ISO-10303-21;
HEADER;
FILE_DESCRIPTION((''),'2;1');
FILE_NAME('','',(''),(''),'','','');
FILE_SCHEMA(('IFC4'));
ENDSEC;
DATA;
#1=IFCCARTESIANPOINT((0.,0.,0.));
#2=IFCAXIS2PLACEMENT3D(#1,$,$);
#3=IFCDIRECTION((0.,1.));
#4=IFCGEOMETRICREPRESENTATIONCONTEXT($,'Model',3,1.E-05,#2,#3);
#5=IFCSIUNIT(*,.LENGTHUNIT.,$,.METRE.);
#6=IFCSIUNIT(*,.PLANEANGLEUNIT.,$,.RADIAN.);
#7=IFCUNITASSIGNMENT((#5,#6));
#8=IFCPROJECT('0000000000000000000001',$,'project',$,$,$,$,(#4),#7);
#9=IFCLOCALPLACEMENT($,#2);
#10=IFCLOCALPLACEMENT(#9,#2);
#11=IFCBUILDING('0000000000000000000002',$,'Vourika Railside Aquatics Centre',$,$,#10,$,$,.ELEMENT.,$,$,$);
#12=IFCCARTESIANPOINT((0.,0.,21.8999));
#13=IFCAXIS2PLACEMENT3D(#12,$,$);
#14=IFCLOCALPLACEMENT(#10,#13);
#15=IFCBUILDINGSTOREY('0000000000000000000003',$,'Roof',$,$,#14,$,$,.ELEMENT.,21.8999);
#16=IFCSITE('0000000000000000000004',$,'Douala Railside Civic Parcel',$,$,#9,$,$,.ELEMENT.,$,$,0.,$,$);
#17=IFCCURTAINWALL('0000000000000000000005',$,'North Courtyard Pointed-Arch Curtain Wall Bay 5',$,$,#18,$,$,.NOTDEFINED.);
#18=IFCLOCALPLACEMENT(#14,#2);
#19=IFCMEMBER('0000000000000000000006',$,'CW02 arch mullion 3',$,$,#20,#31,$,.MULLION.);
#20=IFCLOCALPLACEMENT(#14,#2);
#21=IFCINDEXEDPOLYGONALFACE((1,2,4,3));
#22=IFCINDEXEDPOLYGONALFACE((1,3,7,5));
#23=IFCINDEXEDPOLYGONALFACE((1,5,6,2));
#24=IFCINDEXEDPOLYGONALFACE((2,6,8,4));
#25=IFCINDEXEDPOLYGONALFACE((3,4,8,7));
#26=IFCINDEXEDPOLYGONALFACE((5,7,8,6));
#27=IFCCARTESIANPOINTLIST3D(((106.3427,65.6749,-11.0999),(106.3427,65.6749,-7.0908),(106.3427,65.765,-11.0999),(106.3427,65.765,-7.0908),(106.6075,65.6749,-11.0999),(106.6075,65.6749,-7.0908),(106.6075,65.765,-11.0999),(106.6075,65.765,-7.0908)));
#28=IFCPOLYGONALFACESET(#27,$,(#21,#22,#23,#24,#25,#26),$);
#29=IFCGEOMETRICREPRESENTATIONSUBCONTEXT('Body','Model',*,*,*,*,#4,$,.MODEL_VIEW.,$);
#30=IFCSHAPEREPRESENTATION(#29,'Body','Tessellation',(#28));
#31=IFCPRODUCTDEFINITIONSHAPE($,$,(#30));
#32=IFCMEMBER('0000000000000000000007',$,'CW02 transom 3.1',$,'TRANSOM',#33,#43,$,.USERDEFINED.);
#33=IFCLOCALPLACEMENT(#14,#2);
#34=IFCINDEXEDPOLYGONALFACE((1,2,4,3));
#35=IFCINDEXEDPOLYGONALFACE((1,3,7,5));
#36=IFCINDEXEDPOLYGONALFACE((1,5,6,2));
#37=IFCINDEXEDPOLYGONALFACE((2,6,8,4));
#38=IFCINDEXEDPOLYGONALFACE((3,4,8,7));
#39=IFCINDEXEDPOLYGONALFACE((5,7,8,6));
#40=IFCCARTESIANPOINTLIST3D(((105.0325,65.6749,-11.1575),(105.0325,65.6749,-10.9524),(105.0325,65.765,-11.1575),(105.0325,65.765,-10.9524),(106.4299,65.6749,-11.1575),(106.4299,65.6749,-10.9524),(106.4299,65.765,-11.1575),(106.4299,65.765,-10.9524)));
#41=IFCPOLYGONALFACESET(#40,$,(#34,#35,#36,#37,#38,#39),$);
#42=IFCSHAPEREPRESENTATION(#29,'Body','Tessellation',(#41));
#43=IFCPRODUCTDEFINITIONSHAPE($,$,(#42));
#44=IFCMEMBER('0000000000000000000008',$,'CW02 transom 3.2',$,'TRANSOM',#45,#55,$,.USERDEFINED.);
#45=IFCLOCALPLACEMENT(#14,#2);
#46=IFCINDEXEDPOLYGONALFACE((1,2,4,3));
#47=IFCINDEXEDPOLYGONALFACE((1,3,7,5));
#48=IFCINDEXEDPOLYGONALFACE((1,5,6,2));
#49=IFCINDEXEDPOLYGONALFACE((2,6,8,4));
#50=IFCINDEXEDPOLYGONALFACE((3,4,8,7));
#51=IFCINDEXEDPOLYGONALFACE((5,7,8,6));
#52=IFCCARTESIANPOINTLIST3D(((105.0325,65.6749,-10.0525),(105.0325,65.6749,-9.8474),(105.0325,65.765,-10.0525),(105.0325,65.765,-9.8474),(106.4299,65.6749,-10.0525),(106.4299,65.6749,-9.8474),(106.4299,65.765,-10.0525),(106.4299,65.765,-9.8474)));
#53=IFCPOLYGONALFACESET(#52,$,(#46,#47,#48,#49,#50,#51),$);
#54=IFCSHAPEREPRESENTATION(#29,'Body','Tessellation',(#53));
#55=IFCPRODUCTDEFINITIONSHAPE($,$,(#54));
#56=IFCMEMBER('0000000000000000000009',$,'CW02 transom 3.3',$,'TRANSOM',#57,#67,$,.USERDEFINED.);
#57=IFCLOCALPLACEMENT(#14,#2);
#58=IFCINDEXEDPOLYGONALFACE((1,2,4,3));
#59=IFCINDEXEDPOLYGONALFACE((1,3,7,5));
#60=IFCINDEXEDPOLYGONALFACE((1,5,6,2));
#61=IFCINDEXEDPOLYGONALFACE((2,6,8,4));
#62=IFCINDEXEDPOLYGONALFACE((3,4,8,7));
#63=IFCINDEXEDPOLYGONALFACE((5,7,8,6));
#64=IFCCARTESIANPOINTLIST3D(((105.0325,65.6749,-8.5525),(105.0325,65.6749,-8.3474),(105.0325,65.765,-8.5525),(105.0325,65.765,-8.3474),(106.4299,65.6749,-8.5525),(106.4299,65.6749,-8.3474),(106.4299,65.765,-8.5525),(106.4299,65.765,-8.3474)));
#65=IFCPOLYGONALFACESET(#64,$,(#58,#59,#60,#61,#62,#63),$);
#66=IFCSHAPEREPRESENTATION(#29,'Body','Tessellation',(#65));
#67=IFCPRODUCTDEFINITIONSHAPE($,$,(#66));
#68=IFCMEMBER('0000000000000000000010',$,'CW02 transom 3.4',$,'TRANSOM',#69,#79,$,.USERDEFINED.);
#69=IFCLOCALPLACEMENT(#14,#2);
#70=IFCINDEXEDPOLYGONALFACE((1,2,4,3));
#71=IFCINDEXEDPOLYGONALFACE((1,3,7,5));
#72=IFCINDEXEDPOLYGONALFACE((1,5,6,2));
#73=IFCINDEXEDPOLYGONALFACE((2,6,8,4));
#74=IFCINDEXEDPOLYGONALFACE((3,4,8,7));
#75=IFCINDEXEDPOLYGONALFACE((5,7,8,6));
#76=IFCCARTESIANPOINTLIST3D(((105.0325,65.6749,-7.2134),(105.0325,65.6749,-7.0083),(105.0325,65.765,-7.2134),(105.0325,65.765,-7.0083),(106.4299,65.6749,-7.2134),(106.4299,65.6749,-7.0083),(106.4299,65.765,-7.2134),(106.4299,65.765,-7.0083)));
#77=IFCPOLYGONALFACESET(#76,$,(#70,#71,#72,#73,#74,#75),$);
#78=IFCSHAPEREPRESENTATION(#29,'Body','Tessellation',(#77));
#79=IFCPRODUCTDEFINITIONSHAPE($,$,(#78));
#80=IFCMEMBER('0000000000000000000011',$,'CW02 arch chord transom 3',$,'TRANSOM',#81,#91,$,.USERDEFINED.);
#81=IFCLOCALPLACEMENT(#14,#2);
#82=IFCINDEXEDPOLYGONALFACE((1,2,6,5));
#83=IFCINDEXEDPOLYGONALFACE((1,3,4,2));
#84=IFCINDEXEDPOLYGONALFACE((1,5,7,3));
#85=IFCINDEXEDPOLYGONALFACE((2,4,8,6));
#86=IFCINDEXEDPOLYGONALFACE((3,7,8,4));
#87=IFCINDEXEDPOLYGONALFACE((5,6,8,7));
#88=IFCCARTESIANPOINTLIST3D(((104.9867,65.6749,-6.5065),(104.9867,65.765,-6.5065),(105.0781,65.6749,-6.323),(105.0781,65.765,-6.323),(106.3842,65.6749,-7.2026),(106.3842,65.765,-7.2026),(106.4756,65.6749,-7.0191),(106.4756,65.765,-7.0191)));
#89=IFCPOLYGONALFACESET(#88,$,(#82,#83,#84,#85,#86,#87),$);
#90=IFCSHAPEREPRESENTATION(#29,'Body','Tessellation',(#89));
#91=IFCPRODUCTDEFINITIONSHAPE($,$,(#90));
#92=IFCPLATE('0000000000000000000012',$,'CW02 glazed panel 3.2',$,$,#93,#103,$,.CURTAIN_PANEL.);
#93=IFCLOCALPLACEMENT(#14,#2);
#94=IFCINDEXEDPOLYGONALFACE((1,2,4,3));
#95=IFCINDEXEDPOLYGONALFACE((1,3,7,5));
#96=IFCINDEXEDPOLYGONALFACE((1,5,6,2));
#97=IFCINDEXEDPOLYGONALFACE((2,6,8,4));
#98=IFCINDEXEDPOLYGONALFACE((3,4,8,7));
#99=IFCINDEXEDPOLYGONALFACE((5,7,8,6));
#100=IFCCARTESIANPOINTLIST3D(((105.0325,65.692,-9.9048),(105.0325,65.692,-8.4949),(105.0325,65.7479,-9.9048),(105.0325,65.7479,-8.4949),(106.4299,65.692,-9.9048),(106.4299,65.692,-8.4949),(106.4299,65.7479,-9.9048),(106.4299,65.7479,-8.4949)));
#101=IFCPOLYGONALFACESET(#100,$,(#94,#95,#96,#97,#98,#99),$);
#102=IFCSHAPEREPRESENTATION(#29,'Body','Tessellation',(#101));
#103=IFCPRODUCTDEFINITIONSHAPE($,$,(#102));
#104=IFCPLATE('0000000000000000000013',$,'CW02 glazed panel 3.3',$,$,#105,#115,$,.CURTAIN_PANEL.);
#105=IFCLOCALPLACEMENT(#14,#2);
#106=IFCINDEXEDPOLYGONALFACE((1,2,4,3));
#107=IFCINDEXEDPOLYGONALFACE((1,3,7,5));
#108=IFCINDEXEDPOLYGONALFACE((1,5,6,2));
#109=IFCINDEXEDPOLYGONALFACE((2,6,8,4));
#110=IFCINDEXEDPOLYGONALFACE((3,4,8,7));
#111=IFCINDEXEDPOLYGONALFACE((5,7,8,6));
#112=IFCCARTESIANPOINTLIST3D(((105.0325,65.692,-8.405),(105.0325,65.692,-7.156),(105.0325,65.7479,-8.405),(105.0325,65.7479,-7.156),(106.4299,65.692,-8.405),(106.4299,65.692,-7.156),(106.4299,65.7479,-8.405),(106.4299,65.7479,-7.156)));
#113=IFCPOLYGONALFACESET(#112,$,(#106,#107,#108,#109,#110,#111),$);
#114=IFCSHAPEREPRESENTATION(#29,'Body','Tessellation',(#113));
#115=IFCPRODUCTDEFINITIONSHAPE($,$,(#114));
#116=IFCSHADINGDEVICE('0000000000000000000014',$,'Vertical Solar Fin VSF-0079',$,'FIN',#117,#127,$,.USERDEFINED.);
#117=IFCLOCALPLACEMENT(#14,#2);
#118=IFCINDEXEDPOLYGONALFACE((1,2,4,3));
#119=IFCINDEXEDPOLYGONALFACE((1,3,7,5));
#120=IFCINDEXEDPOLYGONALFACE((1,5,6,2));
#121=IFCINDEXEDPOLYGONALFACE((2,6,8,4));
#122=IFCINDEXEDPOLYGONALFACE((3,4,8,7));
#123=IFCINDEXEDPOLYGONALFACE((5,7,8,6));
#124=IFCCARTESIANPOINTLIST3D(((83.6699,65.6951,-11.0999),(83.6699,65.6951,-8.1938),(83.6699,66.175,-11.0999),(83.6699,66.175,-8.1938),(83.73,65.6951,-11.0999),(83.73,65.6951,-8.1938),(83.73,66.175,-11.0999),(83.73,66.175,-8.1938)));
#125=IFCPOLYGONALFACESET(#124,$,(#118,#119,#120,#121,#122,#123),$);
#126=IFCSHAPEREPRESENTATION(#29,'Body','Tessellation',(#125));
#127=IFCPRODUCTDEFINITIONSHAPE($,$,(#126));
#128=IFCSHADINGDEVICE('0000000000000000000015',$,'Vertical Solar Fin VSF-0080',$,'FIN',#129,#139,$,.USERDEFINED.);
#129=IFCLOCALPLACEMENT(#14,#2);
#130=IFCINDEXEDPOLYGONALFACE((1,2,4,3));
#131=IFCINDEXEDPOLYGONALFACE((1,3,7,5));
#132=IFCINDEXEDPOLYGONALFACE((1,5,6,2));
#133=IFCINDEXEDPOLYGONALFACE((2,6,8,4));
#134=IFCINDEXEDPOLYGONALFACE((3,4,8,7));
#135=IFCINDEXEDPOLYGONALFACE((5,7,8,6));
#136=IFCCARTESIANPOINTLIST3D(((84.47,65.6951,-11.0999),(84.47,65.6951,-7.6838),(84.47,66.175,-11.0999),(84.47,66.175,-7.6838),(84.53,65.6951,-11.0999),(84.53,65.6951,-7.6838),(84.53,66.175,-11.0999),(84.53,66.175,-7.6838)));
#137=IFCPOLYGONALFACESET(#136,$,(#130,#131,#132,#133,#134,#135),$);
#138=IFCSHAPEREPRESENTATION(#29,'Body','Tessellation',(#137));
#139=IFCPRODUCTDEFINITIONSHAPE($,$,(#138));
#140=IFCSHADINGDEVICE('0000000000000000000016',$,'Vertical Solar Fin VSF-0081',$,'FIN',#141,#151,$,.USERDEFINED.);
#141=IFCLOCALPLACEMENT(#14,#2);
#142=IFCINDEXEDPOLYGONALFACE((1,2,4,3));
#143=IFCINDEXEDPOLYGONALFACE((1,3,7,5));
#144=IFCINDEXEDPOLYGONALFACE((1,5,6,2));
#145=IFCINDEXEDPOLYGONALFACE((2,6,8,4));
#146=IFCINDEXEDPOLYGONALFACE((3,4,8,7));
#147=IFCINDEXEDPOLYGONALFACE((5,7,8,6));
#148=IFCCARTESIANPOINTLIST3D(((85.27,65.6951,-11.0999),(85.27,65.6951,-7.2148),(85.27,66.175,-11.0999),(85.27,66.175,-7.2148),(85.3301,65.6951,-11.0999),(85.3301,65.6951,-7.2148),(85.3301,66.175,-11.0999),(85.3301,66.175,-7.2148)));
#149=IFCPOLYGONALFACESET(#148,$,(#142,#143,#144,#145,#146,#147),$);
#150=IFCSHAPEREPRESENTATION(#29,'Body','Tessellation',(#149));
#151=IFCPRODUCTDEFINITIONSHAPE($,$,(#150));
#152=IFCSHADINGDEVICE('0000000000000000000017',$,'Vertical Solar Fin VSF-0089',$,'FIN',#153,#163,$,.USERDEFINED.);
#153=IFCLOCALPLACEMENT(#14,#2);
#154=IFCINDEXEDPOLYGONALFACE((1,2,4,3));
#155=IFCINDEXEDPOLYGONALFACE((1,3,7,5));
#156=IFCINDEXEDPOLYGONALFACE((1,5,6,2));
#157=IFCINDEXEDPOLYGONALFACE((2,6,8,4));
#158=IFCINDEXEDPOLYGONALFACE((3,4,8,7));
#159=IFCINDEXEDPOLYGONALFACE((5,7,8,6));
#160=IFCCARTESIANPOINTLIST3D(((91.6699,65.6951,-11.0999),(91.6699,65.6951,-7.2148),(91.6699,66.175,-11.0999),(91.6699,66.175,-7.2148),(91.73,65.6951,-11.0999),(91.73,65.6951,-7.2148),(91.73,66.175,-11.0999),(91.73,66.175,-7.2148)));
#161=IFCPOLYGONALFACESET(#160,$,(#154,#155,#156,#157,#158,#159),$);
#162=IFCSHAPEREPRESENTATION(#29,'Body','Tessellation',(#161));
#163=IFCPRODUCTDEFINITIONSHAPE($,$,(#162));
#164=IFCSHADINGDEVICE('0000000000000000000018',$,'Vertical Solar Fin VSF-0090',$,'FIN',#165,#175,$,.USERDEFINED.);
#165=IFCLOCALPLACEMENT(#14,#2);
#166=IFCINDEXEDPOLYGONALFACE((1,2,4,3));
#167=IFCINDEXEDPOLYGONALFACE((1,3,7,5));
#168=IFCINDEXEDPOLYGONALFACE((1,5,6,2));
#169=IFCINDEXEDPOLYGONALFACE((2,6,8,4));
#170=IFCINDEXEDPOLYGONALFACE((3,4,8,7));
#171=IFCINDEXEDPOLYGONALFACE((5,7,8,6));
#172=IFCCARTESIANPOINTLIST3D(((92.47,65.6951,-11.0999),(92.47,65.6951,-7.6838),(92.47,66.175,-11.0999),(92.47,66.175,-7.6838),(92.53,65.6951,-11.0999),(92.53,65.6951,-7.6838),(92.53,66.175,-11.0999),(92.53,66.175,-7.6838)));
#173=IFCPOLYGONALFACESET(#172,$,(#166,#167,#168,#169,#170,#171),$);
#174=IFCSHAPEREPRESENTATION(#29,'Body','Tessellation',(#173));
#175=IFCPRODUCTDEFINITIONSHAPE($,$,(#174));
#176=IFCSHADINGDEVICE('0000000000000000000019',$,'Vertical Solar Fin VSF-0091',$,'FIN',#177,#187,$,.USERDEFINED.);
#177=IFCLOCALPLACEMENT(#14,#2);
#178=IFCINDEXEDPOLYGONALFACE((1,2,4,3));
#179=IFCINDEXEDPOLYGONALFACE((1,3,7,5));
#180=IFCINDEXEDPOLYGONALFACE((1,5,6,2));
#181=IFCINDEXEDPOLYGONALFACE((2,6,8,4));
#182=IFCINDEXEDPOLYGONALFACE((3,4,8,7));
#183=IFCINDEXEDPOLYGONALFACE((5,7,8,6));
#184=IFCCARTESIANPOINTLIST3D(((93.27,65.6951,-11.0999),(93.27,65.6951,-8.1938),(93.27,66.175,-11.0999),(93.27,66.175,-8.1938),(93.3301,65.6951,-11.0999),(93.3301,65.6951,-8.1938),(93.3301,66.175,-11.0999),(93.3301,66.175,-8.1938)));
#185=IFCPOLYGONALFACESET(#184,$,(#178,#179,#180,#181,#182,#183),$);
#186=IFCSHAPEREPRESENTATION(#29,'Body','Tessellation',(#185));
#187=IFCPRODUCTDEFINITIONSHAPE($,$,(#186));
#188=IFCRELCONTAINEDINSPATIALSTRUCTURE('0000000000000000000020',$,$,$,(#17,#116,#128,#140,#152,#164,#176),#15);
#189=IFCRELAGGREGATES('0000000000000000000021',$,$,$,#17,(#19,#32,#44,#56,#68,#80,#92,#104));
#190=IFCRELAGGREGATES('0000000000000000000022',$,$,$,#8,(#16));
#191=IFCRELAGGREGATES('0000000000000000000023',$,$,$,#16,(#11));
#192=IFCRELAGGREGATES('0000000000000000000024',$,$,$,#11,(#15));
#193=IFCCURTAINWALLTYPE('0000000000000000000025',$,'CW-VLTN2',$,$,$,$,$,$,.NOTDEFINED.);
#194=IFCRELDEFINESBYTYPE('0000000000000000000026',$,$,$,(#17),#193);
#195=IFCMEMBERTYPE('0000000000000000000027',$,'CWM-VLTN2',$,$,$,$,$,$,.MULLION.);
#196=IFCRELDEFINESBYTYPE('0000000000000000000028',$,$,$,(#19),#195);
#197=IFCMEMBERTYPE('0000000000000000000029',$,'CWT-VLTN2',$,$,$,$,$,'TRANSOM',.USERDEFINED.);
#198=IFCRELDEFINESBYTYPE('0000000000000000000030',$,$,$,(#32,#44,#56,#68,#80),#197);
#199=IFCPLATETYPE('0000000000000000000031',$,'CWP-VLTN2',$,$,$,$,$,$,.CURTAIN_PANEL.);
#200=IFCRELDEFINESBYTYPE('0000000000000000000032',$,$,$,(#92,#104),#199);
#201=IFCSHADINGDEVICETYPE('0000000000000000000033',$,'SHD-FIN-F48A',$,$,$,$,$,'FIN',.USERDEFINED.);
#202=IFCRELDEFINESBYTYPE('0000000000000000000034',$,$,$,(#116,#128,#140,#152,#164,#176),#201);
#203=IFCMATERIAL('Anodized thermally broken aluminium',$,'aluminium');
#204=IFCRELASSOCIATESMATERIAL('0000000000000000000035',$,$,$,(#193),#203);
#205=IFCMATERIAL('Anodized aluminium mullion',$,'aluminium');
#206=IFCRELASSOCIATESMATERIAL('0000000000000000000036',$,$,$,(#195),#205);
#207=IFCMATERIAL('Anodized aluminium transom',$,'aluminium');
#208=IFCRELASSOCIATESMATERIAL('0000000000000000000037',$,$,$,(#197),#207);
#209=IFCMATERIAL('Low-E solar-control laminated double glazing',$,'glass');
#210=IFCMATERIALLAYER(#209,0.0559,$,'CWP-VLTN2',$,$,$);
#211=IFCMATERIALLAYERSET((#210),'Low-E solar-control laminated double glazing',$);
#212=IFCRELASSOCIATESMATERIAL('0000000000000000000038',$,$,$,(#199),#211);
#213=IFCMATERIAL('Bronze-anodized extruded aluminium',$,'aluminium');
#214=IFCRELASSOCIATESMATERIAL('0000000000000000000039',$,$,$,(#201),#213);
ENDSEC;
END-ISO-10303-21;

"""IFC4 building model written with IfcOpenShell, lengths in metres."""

from ifc_helpers import new_model, si_unit, direction, frame, origin, origin_2d, place, context, subcontext, project, spatial, rectangle, extrude, material, layer, layer_set, material_profile, profile_set, type_object, element, aggregate, save


model = new_model("IFC4")

# Units and contexts
model_context = context("Model", 3, precision=1e-05, world=origin(), true_north=direction((0.0, 1.0)))
body_context = subcontext(model_context, "Body", "Model", "MODEL_VIEW")
ifc_project = project(units=[si_unit("LENGTHUNIT", "METRE"), si_unit("PLANEANGLEUNIT", "RADIAN")], contexts=[model_context])

# Site, building, storey
site_placement = place(None, origin())
site = spatial("IfcSite", under=ifc_project, at=site_placement, Name="Douala Railside Civic Parcel", CompositionType="ELEMENT", RefElevation=0.0)
building_placement = place(site_placement, origin())
building = spatial("IfcBuilding", under=site, at=building_placement, Name="Vourika Railside Aquatics Centre", CompositionType="ELEMENT")
storey_placement = place(building_placement, frame((0.0, 0.0, 21.8999)))
storey = spatial("IfcBuildingStorey", under=building, at=storey_placement, Name="Roof", CompositionType="ELEMENT", Elevation=21.8999)

# Curtain wall, members, plates
ifc_material_1 = material(Name="Anodized thermally broken aluminium", Category="aluminium")
curtain_wall_type = type_object("IfcCurtainWallType", Name="CW-VLTN2", PredefinedType="NOTDEFINED", material=ifc_material_1)
curtain_wall_placement = place(storey_placement, origin())
curtain_wall = element("IfcCurtainWall", 1, at=curtain_wall_placement, inside=storey, type_object=curtain_wall_type, Name="North Courtyard Pointed-Arch Curtain Wall Bay 5", PredefinedType="NOTDEFINED")
ifc_material_2 = material(Name="Anodized aluminium mullion", Category="aluminium")
ifc_material_profile_1 = material_profile(ifc_material_2, rectangle(XDim=0.0901, YDim=0.2649, at=origin_2d()), Name="ALU-M 90x265")
ifc_profile_set_1 = profile_set([ifc_material_profile_1], Name="Anodized aluminium mullion")
member_type_1 = type_object("IfcMemberType", Name="CWM-VLTN2", PredefinedType="MULLION", material=ifc_profile_set_1)
member_1_placement = place(storey_placement, frame((106.4751, 65.72, -11.0999), z_axis=(0.0, 0.0, 1.0), x_axis=(0.0, -1.0, 0.0)))
member_1 = element("IfcMember", 2, at=member_1_placement, type_object=member_type_1, Name="CW02 arch mullion 3", PredefinedType="MULLION", context=body_context, shape_type="SweptSolid", body=[
    extrude(rectangle(XDim=0.0901, YDim=0.2649, at=origin_2d()), origin(), (0.0, 0.0, 1.0), 4.009),
])
ifc_material_3 = material(Name="Anodized aluminium transom", Category="aluminium")
ifc_material_profile_2 = material_profile(ifc_material_3, rectangle(XDim=0.0901, YDim=0.2051, at=origin_2d()), Name="ALU-T 90x205")
ifc_profile_set_2 = profile_set([ifc_material_profile_2], Name="Anodized aluminium transom")
member_type_2 = type_object("IfcMemberType", Name="CWT-VLTN2", ElementType="TRANSOM", PredefinedType="USERDEFINED", material=ifc_profile_set_2)
member_2_placement = place(storey_placement, frame((106.4299, 65.72, -11.0549), z_axis=(-1.0, 0.0, 0.0), x_axis=(0.0, -1.0, 0.0)))
member_2 = element("IfcMember", 3, at=member_2_placement, type_object=member_type_2, Name="CW02 transom 3.1", ObjectType="TRANSOM", PredefinedType="USERDEFINED", context=body_context, shape_type="SweptSolid", body=[
    extrude(rectangle(XDim=0.0901, YDim=0.2051, at=origin_2d()), origin(), (0.0, 0.0, 1.0), 1.3975),
])
member_3_placement = place(storey_placement, frame((106.4299, 65.72, -9.95), z_axis=(-1.0, 0.0, 0.0), x_axis=(0.0, -1.0, 0.0)))
member_3 = element("IfcMember", 4, at=member_3_placement, type_object=member_type_2, Name="CW02 transom 3.2", ObjectType="TRANSOM", PredefinedType="USERDEFINED", context=body_context, shape_type="SweptSolid", body=[
    extrude(rectangle(XDim=0.0901, YDim=0.2051, at=origin_2d()), origin(), (0.0, 0.0, 1.0), 1.3975),
])
member_4_placement = place(storey_placement, frame((106.4299, 65.72, -8.45), z_axis=(-1.0, 0.0, 0.0), x_axis=(0.0, -1.0, 0.0)))
member_4 = element("IfcMember", 5, at=member_4_placement, type_object=member_type_2, Name="CW02 transom 3.3", ObjectType="TRANSOM", PredefinedType="USERDEFINED", context=body_context, shape_type="SweptSolid", body=[
    extrude(rectangle(XDim=0.0901, YDim=0.2051, at=origin_2d()), origin(), (0.0, 0.0, 1.0), 1.3975),
])
member_5_placement = place(storey_placement, frame((106.4299, 65.72, -7.1108), z_axis=(-1.0, 0.0, 0.0), x_axis=(0.0, -1.0, 0.0)))
member_5 = element("IfcMember", 6, at=member_5_placement, type_object=member_type_2, Name="CW02 transom 3.4", ObjectType="TRANSOM", PredefinedType="USERDEFINED", context=body_context, shape_type="SweptSolid", body=[
    extrude(rectangle(XDim=0.0901, YDim=0.2051, at=origin_2d()), origin(), (0.0, 0.0, 1.0), 1.3975),
])
member_6_placement = place(storey_placement, frame((106.4299, 65.72, -7.1108), z_axis=(-0.895114, 0.0, 0.445837), x_axis=(0.0, -1.0, 0.0)))
member_6 = element("IfcMember", 7, at=member_6_placement, type_object=member_type_2, Name="CW02 arch chord transom 3", ObjectType="TRANSOM", PredefinedType="USERDEFINED", context=body_context, shape_type="SweptSolid", body=[
    extrude(rectangle(XDim=0.0901, YDim=0.2051, at=origin_2d()), origin(), (0.0, 0.0, 1.0), 1.5613),
])
ifc_material_4 = material(Name="Low-E solar-control laminated double glazing", Category="glass")
ifc_layer = layer(ifc_material_4, 0.0559, Name="CWP-VLTN2")
ifc_layer_set = layer_set([ifc_layer], Name="Low-E solar-control laminated double glazing")
plate_type = type_object("IfcPlateType", Name="CWP-VLTN2", PredefinedType="CURTAIN_PANEL", material=ifc_layer_set)
plate_1_placement = place(storey_placement, frame((105.7312, 65.72, -9.9048), z_axis=(0.0, 0.0, 1.0), x_axis=(-1.0, 0.0, 0.0)))
plate_1 = element("IfcPlate", 8, at=plate_1_placement, type_object=plate_type, Name="CW02 glazed panel 3.2", PredefinedType="CURTAIN_PANEL", context=body_context, shape_type="SweptSolid", body=[
    extrude(rectangle(XDim=1.3975, YDim=0.0559, at=origin_2d()), origin(), (0.0, 0.0, 1.0), 1.4099),
])
plate_2_placement = place(storey_placement, frame((105.7312, 65.72, -8.405), z_axis=(0.0, 0.0, 1.0), x_axis=(-1.0, 0.0, 0.0)))
plate_2 = element("IfcPlate", 9, at=plate_2_placement, type_object=plate_type, Name="CW02 glazed panel 3.3", PredefinedType="CURTAIN_PANEL", context=body_context, shape_type="SweptSolid", body=[
    extrude(rectangle(XDim=1.3975, YDim=0.0559, at=origin_2d()), origin(), (0.0, 0.0, 1.0), 1.249),
])
aggregate(curtain_wall, [member_1, member_2, member_3, member_4, member_5, member_6, plate_1, plate_2])

# Shading devices
ifc_material_5 = material(Name="Bronze-anodized extruded aluminium", Category="aluminium")
ifc_material_profile_3 = material_profile(ifc_material_5, rectangle(XDim=0.0601, YDim=0.48, at=origin_2d()), Name="ALU-FIN 60x480")
ifc_profile_set_3 = profile_set([ifc_material_profile_3], Name="Bronze-anodized extruded aluminium")
shading_device_type_1 = type_object("IfcShadingDeviceType", Name="SHD-FIN-F48A", ElementType="FIN", PredefinedType="USERDEFINED", material=ifc_profile_set_3)
shading_device_1_placement = place(storey_placement, frame((83.7, 65.9351, -11.0999), z_axis=(0.0, 0.0, 1.0), x_axis=(1.0, 0.0, 0.0)))
element("IfcShadingDevice", 10, at=shading_device_1_placement, inside=storey, type_object=shading_device_type_1, Name="Vertical Solar Fin VSF-0079", ObjectType="FIN", PredefinedType="USERDEFINED", context=body_context, shape_type="SweptSolid", body=[
    extrude(rectangle(XDim=0.0601, YDim=0.48, at=origin_2d()), origin(), (0.0, 0.0, 1.0), 2.906),
])
shading_device_2_placement = place(storey_placement, frame((84.5, 65.9351, -11.0999), z_axis=(0.0, 0.0, 1.0), x_axis=(1.0, 0.0, 0.0)))
element("IfcShadingDevice", 11, at=shading_device_2_placement, inside=storey, type_object=shading_device_type_1, Name="Vertical Solar Fin VSF-0080", ObjectType="FIN", PredefinedType="USERDEFINED", context=body_context, shape_type="SweptSolid", body=[
    extrude(rectangle(XDim=0.0601, YDim=0.48, at=origin_2d()), origin(), (0.0, 0.0, 1.0), 3.416),
])
for number, where, z_axis, x_axis, name in (
    (12, (85.3, 65.9351, -11.0999), (0.0, 0.0, 1.0), (1.0, 0.0, 0.0), "Vertical Solar Fin VSF-0081"),
    (13, (91.7, 65.9351, -11.0999), (0.0, 0.0, 1.0), (1.0, 0.0, 0.0), "Vertical Solar Fin VSF-0089"),
):
    element("IfcShadingDevice", number, at=place(storey_placement, frame(where, z_axis=z_axis, x_axis=x_axis)), inside=storey, type_object=shading_device_type_1, Name=name, ObjectType="FIN", PredefinedType="USERDEFINED", context=body_context, shape_type="SweptSolid", body=[
        extrude(rectangle(XDim=0.0601, YDim=0.48, at=origin_2d()), origin(), (0.0, 0.0, 1.0), 3.885),
    ])
shading_device_3_placement = place(storey_placement, frame((92.5, 65.9351, -11.0999), z_axis=(0.0, 0.0, 1.0), x_axis=(1.0, 0.0, 0.0)))
element("IfcShadingDevice", 14, at=shading_device_3_placement, inside=storey, type_object=shading_device_type_1, Name="Vertical Solar Fin VSF-0090", ObjectType="FIN", PredefinedType="USERDEFINED", context=body_context, shape_type="SweptSolid", body=[
    extrude(rectangle(XDim=0.0601, YDim=0.48, at=origin_2d()), origin(), (0.0, 0.0, 1.0), 3.416),
])
for number, where, z_axis, x_axis, name in (
    (15, (93.3, 65.9351, -11.0999), (0.0, 0.0, 1.0), (1.0, 0.0, 0.0), "Vertical Solar Fin VSF-0091"),
):
    element("IfcShadingDevice", number, at=place(storey_placement, frame(where, z_axis=z_axis, x_axis=x_axis)), inside=storey, type_object=shading_device_type_1, Name=name, ObjectType="FIN", PredefinedType="USERDEFINED", context=body_context, shape_type="SweptSolid", body=[
        extrude(rectangle(XDim=0.0601, YDim=0.48, at=origin_2d()), origin(), (0.0, 0.0, 1.0), 2.906),
    ])

save(model, "model.ifc")
